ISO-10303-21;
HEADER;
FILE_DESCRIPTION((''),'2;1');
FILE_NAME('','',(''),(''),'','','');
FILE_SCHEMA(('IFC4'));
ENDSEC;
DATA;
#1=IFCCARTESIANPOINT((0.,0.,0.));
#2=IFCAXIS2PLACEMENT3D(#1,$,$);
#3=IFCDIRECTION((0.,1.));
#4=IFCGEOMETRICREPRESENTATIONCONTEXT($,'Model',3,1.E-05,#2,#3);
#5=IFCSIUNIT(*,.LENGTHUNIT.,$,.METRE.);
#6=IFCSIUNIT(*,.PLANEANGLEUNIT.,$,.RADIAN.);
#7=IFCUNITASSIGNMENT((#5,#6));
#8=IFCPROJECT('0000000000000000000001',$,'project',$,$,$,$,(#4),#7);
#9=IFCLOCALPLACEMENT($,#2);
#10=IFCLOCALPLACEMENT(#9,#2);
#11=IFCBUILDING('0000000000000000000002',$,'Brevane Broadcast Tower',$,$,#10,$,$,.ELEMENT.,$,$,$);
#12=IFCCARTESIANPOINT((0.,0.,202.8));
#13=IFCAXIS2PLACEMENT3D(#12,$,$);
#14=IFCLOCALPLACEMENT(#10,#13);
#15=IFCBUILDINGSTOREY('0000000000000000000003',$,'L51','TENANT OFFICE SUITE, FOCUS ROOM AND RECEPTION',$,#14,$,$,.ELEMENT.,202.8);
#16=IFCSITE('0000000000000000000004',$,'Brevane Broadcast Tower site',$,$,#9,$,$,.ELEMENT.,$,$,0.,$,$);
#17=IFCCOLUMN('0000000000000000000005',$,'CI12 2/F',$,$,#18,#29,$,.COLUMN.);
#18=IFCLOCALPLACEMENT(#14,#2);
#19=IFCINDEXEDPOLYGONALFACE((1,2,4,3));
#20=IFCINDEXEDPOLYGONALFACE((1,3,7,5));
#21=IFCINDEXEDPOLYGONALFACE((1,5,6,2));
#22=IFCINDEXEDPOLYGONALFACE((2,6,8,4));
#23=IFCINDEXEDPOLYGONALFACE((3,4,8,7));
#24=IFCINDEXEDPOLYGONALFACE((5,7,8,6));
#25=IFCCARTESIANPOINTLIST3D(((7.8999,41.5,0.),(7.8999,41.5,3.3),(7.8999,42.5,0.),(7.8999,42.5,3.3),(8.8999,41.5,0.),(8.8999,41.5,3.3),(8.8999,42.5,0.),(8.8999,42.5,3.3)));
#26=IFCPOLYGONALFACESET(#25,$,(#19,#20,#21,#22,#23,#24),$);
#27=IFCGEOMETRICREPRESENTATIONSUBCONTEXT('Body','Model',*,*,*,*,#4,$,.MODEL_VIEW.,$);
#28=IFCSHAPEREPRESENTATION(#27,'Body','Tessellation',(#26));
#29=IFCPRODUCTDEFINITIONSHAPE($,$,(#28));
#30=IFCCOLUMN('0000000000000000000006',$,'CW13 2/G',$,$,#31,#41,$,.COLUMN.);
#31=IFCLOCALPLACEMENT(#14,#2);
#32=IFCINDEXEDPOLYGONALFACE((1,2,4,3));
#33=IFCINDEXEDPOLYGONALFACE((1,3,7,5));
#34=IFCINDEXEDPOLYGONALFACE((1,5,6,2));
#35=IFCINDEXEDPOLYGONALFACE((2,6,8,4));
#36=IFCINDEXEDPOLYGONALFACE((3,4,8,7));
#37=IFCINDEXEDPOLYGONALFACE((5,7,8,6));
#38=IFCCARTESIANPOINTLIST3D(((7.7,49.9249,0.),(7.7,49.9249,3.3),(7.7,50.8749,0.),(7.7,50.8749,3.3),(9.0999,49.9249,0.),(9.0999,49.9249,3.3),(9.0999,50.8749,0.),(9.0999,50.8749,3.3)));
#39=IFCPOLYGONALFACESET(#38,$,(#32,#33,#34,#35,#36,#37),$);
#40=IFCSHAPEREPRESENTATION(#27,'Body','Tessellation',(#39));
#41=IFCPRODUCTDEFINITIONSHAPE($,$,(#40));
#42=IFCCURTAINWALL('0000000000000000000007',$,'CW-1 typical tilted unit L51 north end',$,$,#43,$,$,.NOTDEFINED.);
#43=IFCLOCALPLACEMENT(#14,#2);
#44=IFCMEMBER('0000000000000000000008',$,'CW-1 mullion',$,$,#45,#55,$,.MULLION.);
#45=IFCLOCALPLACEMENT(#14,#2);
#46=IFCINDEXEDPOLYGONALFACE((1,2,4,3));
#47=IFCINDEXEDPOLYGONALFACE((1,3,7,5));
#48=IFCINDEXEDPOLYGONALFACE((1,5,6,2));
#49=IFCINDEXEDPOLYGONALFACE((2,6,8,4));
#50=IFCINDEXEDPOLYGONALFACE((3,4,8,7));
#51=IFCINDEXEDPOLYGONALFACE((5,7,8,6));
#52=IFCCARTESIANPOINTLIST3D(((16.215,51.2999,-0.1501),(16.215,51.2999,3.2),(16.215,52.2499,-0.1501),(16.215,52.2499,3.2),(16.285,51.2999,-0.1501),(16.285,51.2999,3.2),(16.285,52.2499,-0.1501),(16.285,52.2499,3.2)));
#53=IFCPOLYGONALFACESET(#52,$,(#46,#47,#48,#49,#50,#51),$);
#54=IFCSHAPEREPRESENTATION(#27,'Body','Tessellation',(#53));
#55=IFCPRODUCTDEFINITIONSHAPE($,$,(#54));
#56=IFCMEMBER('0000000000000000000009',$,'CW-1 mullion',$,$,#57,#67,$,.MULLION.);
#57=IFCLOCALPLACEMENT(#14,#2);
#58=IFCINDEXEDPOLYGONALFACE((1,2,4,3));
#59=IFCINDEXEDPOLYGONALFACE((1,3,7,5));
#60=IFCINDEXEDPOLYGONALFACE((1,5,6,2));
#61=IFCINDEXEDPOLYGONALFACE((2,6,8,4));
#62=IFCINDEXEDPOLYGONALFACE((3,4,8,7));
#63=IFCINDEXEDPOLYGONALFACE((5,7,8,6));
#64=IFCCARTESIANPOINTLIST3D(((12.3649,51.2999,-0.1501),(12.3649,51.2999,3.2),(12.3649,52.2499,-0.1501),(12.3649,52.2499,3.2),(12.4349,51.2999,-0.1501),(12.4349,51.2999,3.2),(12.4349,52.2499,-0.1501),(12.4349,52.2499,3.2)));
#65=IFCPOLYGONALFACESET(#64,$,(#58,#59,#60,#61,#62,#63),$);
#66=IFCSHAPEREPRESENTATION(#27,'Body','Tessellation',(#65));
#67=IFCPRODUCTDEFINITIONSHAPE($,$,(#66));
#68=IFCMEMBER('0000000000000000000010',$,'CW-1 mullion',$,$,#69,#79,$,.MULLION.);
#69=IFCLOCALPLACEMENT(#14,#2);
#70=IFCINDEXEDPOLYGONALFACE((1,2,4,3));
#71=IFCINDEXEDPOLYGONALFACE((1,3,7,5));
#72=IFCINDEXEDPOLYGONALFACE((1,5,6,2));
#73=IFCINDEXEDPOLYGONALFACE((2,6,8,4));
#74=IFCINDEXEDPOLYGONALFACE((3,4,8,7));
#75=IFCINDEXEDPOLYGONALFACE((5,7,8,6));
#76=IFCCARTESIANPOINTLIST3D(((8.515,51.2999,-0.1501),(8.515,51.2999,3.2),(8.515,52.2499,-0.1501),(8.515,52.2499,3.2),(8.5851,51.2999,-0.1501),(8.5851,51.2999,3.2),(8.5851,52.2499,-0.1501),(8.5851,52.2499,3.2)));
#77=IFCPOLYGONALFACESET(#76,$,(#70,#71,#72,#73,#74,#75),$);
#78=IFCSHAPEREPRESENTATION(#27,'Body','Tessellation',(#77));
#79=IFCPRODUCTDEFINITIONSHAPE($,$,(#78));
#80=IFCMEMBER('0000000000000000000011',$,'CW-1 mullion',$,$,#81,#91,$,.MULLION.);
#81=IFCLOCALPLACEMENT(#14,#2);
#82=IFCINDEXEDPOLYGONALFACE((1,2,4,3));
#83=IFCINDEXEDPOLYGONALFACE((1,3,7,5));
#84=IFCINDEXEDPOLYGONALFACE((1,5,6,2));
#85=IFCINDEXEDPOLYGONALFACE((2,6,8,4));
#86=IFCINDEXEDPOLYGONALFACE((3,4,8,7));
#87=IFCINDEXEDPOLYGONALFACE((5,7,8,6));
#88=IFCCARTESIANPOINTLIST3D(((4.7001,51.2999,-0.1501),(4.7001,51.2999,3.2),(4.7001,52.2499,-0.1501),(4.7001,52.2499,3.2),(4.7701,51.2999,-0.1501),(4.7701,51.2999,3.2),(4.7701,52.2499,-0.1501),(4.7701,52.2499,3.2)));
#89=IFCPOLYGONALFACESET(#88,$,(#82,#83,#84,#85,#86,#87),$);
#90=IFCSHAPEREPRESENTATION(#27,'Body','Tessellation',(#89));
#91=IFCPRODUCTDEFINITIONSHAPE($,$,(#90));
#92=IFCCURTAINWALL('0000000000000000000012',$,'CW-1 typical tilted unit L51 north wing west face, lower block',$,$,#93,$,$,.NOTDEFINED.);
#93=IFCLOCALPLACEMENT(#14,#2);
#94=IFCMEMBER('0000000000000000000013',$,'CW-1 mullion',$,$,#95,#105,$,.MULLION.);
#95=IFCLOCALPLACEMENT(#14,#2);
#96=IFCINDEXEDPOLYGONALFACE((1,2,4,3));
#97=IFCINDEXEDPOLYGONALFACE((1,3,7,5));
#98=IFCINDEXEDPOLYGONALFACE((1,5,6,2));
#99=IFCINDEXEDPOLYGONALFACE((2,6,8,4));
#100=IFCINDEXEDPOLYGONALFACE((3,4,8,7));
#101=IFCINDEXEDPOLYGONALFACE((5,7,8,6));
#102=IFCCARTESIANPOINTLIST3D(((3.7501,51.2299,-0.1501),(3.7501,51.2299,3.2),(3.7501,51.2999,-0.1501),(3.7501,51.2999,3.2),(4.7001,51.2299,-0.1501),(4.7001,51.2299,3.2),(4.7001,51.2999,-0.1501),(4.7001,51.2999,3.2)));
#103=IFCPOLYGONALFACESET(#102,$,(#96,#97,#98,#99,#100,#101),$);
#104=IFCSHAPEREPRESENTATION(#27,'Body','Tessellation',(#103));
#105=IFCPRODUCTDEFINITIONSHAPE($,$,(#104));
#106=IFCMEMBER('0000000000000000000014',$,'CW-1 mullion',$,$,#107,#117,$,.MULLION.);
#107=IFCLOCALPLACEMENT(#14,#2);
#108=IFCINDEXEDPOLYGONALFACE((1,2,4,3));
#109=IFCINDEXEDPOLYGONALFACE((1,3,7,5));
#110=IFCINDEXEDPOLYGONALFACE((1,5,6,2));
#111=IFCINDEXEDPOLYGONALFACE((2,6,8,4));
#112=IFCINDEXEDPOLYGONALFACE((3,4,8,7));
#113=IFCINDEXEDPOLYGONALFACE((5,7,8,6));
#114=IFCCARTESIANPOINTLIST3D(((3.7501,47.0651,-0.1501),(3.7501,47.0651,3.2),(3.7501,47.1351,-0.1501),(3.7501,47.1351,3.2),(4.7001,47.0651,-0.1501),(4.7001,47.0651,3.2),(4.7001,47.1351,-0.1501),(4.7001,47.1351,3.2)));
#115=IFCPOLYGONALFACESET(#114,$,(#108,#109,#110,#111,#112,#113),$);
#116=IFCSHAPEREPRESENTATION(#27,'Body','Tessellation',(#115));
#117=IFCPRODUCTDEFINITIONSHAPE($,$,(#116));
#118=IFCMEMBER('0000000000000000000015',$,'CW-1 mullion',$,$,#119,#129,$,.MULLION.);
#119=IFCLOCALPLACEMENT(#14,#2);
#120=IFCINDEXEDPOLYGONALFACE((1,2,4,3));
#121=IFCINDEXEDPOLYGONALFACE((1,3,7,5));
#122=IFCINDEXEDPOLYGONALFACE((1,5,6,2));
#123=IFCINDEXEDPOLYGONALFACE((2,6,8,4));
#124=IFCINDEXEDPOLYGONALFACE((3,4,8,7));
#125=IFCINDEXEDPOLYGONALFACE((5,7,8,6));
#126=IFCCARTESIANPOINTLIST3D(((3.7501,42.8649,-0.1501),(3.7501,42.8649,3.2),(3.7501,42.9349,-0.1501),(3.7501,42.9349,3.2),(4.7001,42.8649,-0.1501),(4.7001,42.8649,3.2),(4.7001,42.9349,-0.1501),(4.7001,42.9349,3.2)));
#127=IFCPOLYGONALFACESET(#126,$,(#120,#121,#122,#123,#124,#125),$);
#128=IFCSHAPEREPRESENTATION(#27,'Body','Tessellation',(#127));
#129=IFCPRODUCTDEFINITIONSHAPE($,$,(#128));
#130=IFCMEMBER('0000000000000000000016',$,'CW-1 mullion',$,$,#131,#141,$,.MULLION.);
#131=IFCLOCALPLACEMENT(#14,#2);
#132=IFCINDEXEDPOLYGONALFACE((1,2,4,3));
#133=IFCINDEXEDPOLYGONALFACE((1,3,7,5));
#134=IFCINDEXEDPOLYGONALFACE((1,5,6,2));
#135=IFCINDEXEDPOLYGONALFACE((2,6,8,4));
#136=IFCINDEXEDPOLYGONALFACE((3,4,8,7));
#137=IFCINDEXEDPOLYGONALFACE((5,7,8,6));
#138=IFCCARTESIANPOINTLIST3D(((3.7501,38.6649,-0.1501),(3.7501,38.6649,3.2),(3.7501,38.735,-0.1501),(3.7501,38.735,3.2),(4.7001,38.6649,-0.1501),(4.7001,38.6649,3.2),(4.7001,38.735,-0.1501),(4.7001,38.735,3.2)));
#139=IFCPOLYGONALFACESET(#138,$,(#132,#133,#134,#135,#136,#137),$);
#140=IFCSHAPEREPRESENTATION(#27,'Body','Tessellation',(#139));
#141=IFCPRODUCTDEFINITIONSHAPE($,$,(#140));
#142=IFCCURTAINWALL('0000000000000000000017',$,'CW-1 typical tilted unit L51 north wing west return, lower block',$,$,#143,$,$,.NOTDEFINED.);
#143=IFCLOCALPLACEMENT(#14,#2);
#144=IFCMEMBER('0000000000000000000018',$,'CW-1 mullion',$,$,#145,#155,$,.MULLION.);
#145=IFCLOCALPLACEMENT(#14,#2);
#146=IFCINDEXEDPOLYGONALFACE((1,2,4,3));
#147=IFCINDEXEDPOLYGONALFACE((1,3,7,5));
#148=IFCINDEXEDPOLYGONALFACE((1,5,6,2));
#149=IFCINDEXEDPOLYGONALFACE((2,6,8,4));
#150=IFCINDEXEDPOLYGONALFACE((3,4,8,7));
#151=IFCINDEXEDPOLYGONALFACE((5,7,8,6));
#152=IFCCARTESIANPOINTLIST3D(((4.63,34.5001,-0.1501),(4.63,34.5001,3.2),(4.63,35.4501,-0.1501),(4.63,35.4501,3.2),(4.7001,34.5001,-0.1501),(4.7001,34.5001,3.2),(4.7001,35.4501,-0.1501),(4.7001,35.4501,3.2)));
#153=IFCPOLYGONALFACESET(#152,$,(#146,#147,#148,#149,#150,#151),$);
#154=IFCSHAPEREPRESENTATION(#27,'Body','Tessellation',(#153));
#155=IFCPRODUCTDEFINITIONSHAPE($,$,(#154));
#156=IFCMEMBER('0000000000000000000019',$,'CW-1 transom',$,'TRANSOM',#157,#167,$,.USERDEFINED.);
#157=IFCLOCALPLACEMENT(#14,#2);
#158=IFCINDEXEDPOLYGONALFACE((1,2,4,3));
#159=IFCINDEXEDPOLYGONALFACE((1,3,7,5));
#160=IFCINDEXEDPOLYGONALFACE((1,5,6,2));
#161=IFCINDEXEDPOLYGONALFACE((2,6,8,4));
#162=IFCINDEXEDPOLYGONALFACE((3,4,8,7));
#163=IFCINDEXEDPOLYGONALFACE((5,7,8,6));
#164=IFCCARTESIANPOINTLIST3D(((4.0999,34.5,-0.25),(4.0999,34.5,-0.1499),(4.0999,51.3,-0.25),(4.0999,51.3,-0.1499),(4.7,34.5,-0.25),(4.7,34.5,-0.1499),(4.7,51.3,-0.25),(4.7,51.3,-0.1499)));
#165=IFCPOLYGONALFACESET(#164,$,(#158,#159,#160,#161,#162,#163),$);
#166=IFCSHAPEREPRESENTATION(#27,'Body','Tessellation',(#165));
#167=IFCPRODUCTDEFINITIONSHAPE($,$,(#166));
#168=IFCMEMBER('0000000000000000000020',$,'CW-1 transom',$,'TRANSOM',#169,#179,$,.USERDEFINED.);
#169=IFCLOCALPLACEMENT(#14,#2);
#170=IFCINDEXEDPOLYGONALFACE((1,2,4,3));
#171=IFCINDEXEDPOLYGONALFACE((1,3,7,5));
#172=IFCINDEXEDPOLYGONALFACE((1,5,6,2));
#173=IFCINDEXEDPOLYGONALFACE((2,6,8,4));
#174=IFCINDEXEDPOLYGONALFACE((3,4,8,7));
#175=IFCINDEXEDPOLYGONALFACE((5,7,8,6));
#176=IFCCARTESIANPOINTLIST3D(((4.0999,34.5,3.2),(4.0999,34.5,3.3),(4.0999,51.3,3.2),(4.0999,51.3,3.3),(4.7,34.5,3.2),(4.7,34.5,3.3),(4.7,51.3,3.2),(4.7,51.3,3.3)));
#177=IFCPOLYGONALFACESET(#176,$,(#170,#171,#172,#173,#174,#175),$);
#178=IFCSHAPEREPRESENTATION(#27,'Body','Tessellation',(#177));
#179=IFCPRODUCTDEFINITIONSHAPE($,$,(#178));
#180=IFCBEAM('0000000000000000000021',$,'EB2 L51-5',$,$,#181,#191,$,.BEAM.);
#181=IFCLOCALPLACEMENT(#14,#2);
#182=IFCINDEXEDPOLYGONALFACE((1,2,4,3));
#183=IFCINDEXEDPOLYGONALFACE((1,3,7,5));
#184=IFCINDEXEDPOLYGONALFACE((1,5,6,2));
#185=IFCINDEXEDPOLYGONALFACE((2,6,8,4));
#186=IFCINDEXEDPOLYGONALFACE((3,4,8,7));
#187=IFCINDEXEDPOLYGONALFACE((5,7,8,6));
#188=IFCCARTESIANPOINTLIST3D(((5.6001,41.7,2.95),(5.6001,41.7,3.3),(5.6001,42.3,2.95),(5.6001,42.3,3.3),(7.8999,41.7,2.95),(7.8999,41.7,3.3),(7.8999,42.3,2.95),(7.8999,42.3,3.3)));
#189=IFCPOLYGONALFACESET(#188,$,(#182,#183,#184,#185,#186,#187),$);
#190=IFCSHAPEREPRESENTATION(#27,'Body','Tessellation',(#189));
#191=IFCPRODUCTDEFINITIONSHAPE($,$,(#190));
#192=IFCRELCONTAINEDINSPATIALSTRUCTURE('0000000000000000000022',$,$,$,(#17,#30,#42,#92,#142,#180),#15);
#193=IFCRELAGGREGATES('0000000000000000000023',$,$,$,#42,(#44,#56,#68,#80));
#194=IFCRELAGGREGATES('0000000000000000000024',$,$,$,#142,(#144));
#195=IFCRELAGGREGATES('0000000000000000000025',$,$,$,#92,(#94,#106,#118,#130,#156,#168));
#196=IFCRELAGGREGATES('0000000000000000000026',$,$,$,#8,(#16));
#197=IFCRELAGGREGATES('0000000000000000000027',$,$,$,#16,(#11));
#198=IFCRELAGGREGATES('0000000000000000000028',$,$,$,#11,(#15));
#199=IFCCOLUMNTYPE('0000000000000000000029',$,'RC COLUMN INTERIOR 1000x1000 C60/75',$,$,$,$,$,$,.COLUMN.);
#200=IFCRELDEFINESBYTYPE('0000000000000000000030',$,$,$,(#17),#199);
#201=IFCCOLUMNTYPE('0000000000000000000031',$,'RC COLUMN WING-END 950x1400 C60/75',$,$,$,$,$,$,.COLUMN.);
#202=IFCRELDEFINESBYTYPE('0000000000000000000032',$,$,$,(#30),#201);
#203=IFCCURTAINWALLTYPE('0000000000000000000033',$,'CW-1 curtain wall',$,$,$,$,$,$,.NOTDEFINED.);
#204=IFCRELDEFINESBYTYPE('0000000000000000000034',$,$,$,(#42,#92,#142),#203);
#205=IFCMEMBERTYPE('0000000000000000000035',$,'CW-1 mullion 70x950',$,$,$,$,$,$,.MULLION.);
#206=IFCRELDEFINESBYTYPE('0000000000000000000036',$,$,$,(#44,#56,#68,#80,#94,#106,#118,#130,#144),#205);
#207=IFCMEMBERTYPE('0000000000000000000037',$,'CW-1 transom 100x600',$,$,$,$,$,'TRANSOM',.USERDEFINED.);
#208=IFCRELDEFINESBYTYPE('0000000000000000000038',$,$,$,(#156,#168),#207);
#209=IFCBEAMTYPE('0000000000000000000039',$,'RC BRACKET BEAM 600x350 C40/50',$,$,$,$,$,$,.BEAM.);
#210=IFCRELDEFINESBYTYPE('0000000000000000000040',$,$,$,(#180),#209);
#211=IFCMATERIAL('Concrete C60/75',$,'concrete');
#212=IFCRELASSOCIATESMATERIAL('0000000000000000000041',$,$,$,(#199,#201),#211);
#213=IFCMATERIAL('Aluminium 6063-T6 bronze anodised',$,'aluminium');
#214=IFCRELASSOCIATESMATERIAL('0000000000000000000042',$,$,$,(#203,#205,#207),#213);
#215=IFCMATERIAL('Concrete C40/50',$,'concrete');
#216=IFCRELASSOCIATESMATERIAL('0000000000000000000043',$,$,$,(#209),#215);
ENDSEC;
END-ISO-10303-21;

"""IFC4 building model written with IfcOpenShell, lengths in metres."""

from ifc_helpers import new_model, si_unit, direction, frame, origin, origin_2d, place, context, subcontext, project, spatial, rectangle, extrude, material, material_profile, profile_set, type_object, element, aggregate, save


model = new_model("IFC4")

# Units and contexts
model_context = context("Model", 3, precision=1e-05, world=origin(), true_north=direction((0.0, 1.0)))
body_context = subcontext(model_context, "Body", "Model", "MODEL_VIEW")
ifc_project = project(units=[si_unit("LENGTHUNIT", "METRE"), si_unit("PLANEANGLEUNIT", "RADIAN")], contexts=[model_context])

# Site, building, storey
site_placement = place(None, origin())
site = spatial("IfcSite", under=ifc_project, at=site_placement, Name="Brevane Broadcast Tower site", CompositionType="ELEMENT", RefElevation=0.0)
building_placement = place(site_placement, origin())
building = spatial("IfcBuilding", under=site, at=building_placement, Name="Brevane Broadcast Tower", CompositionType="ELEMENT")
storey_placement = place(building_placement, frame((0.0, 0.0, 202.8)))
storey = spatial("IfcBuildingStorey", under=building, at=storey_placement, Name="L51", Description="TENANT OFFICE SUITE, FOCUS ROOM AND RECEPTION", CompositionType="ELEMENT", Elevation=202.8)

# Columns
ifc_material_1 = material(Name="Concrete C60/75", Category="concrete")
ifc_material_profile_1 = material_profile(ifc_material_1, rectangle(XDim=1.0, YDim=1.0, at=origin_2d()), Name="RC 1000x1000")
ifc_profile_set_1 = profile_set([ifc_material_profile_1], Name="Concrete C60/75")
column_type_1 = type_object("IfcColumnType", Name="RC COLUMN INTERIOR 1000x1000 C60/75", PredefinedType="COLUMN", material=ifc_profile_set_1)
column_1_placement = place(storey_placement, frame((8.3999, 42.0, 0.0), z_axis=(0.0, 0.0, 1.0), x_axis=(1.0, 0.0, 0.0)))
element("IfcColumn", 1, at=column_1_placement, inside=storey, type_object=column_type_1, Name="CI12 2/F", PredefinedType="COLUMN", context=body_context, shape_type="SweptSolid", body=[
    extrude(rectangle(XDim=1.0, YDim=1.0, at=origin_2d()), origin(), (0.0, 0.0, 1.0), 3.3),
])
ifc_material_profile_2 = material_profile(ifc_material_1, rectangle(XDim=0.95, YDim=1.3999, at=origin_2d()), Name="RC 950x1400")
ifc_profile_set_2 = profile_set([ifc_material_profile_2], Name="Concrete C60/75")
column_type_2 = type_object("IfcColumnType", Name="RC COLUMN WING-END 950x1400 C60/75", PredefinedType="COLUMN", material=ifc_profile_set_2)
column_2_placement = place(storey_placement, frame((8.3999, 50.3999, 0.0), z_axis=(0.0, 0.0, 1.0), x_axis=(0.0, 1.0, 0.0)))
element("IfcColumn", 2, at=column_2_placement, inside=storey, type_object=column_type_2, Name="CW13 2/G", PredefinedType="COLUMN", context=body_context, shape_type="SweptSolid", body=[
    extrude(rectangle(XDim=0.95, YDim=1.3999, at=origin_2d()), origin(), (0.0, 0.0, 1.0), 3.3),
])

# Curtain walls, members
ifc_material_2 = material(Name="Aluminium 6063-T6 bronze anodised", Category="aluminium")
curtain_wall_type = type_object("IfcCurtainWallType", Name="CW-1 curtain wall", PredefinedType="NOTDEFINED", material=ifc_material_2)
curtain_wall_1_placement = place(storey_placement, origin())
curtain_wall_1 = element("IfcCurtainWall", 3, at=curtain_wall_1_placement, inside=storey, type_object=curtain_wall_type, Name="CW-1 typical tilted unit L51 north end", PredefinedType="NOTDEFINED")
ifc_material_profile_3 = material_profile(ifc_material_2, rectangle(XDim=0.95, YDim=0.0701, at=origin_2d()), Name="RECT 70x950")
ifc_profile_set_3 = profile_set([ifc_material_profile_3], Name="Aluminium 6063-T6 bronze anodised")
member_type_1 = type_object("IfcMemberType", Name="CW-1 mullion 70x950", PredefinedType="MULLION", material=ifc_profile_set_3)
member_1_placement = place(storey_placement, frame((16.25, 51.7749, -0.1501), z_axis=(0.0, 0.0, 1.0), x_axis=(0.0, -1.0, 0.0)))
member_1 = element("IfcMember", 4, at=member_1_placement, type_object=member_type_1, Name="CW-1 mullion", PredefinedType="MULLION", context=body_context, shape_type="SweptSolid", body=[
    extrude(rectangle(XDim=0.95, YDim=0.0701, at=origin_2d()), origin(), (0.0, 0.0, 1.0), 3.3501),
])
member_2_placement = place(storey_placement, frame((12.3999, 51.7749, -0.1501), z_axis=(0.0, 0.0, 1.0), x_axis=(0.0, -1.0, 0.0)))
member_2 = element("IfcMember", 5, at=member_2_placement, type_object=member_type_1, Name="CW-1 mullion", PredefinedType="MULLION", context=body_context, shape_type="SweptSolid", body=[
    extrude(rectangle(XDim=0.95, YDim=0.0701, at=origin_2d()), origin(), (0.0, 0.0, 1.0), 3.3501),
])
member_3_placement = place(storey_placement, frame((8.55, 51.7749, -0.1501), z_axis=(0.0, 0.0, 1.0), x_axis=(0.0, -1.0, 0.0)))
member_3 = element("IfcMember", 6, at=member_3_placement, type_object=member_type_1, Name="CW-1 mullion", PredefinedType="MULLION", context=body_context, shape_type="SweptSolid", body=[
    extrude(rectangle(XDim=0.95, YDim=0.0701, at=origin_2d()), origin(), (0.0, 0.0, 1.0), 3.3501),
])
member_4_placement = place(storey_placement, frame((4.7351, 51.7749, -0.1501), z_axis=(0.0, 0.0, 1.0), x_axis=(0.0, -1.0, 0.0)))
member_4 = element("IfcMember", 7, at=member_4_placement, type_object=member_type_1, Name="CW-1 mullion", PredefinedType="MULLION", context=body_context, shape_type="SweptSolid", body=[
    extrude(rectangle(XDim=0.95, YDim=0.0701, at=origin_2d()), origin(), (0.0, 0.0, 1.0), 3.3501),
])
aggregate(curtain_wall_1, [member_1, member_2, member_3, member_4])
curtain_wall_2_placement = place(storey_placement, origin())
curtain_wall_2 = element("IfcCurtainWall", 8, at=curtain_wall_2_placement, inside=storey, type_object=curtain_wall_type, Name="CW-1 typical tilted unit L51 north wing west face, lower block", PredefinedType="NOTDEFINED")
member_5_placement = place(storey_placement, frame((4.2251, 51.2649, -0.1501), z_axis=(0.0, 0.0, 1.0), x_axis=(1.0, 0.0, 0.0)))
member_5 = element("IfcMember", 9, at=member_5_placement, type_object=member_type_1, Name="CW-1 mullion", PredefinedType="MULLION", context=body_context, shape_type="SweptSolid", body=[
    extrude(rectangle(XDim=0.95, YDim=0.0701, at=origin_2d()), origin(), (0.0, 0.0, 1.0), 3.3501),
])
member_6_placement = place(storey_placement, frame((4.2251, 47.1001, -0.1501), z_axis=(0.0, 0.0, 1.0), x_axis=(1.0, 0.0, 0.0)))
member_6 = element("IfcMember", 10, at=member_6_placement, type_object=member_type_1, Name="CW-1 mullion", PredefinedType="MULLION", context=body_context, shape_type="SweptSolid", body=[
    extrude(rectangle(XDim=0.95, YDim=0.0701, at=origin_2d()), origin(), (0.0, 0.0, 1.0), 3.3501),
])
member_7_placement = place(storey_placement, frame((4.2251, 42.8999, -0.1501), z_axis=(0.0, 0.0, 1.0), x_axis=(1.0, 0.0, 0.0)))
member_7 = element("IfcMember", 11, at=member_7_placement, type_object=member_type_1, Name="CW-1 mullion", PredefinedType="MULLION", context=body_context, shape_type="SweptSolid", body=[
    extrude(rectangle(XDim=0.95, YDim=0.0701, at=origin_2d()), origin(), (0.0, 0.0, 1.0), 3.3501),
])
member_8_placement = place(storey_placement, frame((4.2251, 38.7, -0.1501), z_axis=(0.0, 0.0, 1.0), x_axis=(1.0, 0.0, 0.0)))
member_8 = element("IfcMember", 12, at=member_8_placement, type_object=member_type_1, Name="CW-1 mullion", PredefinedType="MULLION", context=body_context, shape_type="SweptSolid", body=[
    extrude(rectangle(XDim=0.95, YDim=0.0701, at=origin_2d()), origin(), (0.0, 0.0, 1.0), 3.3501),
])

# Curtain wall, member
curtain_wall_3_placement = place(storey_placement, origin())
curtain_wall_3 = element("IfcCurtainWall", 13, at=curtain_wall_3_placement, inside=storey, type_object=curtain_wall_type, Name="CW-1 typical tilted unit L51 north wing west return, lower block", PredefinedType="NOTDEFINED")
member_9_placement = place(storey_placement, frame((4.665, 34.9751, -0.1501), z_axis=(0.0, 0.0, 1.0), x_axis=(0.0, -1.0, 0.0)))
member_9 = element("IfcMember", 14, at=member_9_placement, type_object=member_type_1, Name="CW-1 mullion", PredefinedType="MULLION", context=body_context, shape_type="SweptSolid", body=[
    extrude(rectangle(XDim=0.95, YDim=0.0701, at=origin_2d()), origin(), (0.0, 0.0, 1.0), 3.3501),
])
aggregate(curtain_wall_3, [member_9])

# Members
ifc_material_profile_4 = material_profile(ifc_material_2, rectangle(XDim=0.6001, YDim=0.1001, at=origin_2d()), Name="RECT 100x600")
ifc_profile_set_4 = profile_set([ifc_material_profile_4], Name="Aluminium 6063-T6 bronze anodised")
member_type_2 = type_object("IfcMemberType", Name="CW-1 transom 100x600", ElementType="TRANSOM", PredefinedType="USERDEFINED", material=ifc_profile_set_4)
member_10_placement = place(storey_placement, frame((4.3999, 51.3, -0.2), z_axis=(0.0, -1.0, 0.0), x_axis=(1.0, 0.0, 0.0)))
member_10 = element("IfcMember", 15, at=member_10_placement, type_object=member_type_2, Name="CW-1 transom", ObjectType="TRANSOM", PredefinedType="USERDEFINED", context=body_context, shape_type="SweptSolid", body=[
    extrude(rectangle(XDim=0.6001, YDim=0.1001, at=origin_2d()), origin(), (0.0, 0.0, 1.0), 16.8),
])
member_11_placement = place(storey_placement, frame((4.3999, 51.3, 3.25), z_axis=(0.0, -1.0, 0.0), x_axis=(1.0, 0.0, 0.0)))
member_11 = element("IfcMember", 16, at=member_11_placement, type_object=member_type_2, Name="CW-1 transom", ObjectType="TRANSOM", PredefinedType="USERDEFINED", context=body_context, shape_type="SweptSolid", body=[
    extrude(rectangle(XDim=0.6001, YDim=0.1001, at=origin_2d()), origin(), (0.0, 0.0, 1.0), 16.8),
])
aggregate(curtain_wall_2, [member_5, member_6, member_7, member_8, member_10, member_11])

# Beam
ifc_material_3 = material(Name="Concrete C40/50", Category="concrete")
ifc_material_profile_5 = material_profile(ifc_material_3, rectangle(XDim=0.6001, YDim=0.3501, at=origin_2d()), Name="RC 600x350")
ifc_profile_set_5 = profile_set([ifc_material_profile_5], Name="Concrete C40/50")
beam_type_1 = type_object("IfcBeamType", Name="RC BRACKET BEAM 600x350 C40/50", PredefinedType="BEAM", material=ifc_profile_set_5)
beam_1_placement = place(storey_placement, frame((7.8999, 42.0, 3.125), z_axis=(-1.0, 0.0, 0.0), x_axis=(0.0, -1.0, 0.0)))
element("IfcBeam", 17, at=beam_1_placement, inside=storey, type_object=beam_type_1, Name="EB2 L51-5", PredefinedType="BEAM", context=body_context, shape_type="SweptSolid", body=[
    extrude(rectangle(XDim=0.6001, YDim=0.3501, at=origin_2d()), origin(), (0.0, 0.0, 1.0), 2.2998),
])

save(model, "model.ifc")
